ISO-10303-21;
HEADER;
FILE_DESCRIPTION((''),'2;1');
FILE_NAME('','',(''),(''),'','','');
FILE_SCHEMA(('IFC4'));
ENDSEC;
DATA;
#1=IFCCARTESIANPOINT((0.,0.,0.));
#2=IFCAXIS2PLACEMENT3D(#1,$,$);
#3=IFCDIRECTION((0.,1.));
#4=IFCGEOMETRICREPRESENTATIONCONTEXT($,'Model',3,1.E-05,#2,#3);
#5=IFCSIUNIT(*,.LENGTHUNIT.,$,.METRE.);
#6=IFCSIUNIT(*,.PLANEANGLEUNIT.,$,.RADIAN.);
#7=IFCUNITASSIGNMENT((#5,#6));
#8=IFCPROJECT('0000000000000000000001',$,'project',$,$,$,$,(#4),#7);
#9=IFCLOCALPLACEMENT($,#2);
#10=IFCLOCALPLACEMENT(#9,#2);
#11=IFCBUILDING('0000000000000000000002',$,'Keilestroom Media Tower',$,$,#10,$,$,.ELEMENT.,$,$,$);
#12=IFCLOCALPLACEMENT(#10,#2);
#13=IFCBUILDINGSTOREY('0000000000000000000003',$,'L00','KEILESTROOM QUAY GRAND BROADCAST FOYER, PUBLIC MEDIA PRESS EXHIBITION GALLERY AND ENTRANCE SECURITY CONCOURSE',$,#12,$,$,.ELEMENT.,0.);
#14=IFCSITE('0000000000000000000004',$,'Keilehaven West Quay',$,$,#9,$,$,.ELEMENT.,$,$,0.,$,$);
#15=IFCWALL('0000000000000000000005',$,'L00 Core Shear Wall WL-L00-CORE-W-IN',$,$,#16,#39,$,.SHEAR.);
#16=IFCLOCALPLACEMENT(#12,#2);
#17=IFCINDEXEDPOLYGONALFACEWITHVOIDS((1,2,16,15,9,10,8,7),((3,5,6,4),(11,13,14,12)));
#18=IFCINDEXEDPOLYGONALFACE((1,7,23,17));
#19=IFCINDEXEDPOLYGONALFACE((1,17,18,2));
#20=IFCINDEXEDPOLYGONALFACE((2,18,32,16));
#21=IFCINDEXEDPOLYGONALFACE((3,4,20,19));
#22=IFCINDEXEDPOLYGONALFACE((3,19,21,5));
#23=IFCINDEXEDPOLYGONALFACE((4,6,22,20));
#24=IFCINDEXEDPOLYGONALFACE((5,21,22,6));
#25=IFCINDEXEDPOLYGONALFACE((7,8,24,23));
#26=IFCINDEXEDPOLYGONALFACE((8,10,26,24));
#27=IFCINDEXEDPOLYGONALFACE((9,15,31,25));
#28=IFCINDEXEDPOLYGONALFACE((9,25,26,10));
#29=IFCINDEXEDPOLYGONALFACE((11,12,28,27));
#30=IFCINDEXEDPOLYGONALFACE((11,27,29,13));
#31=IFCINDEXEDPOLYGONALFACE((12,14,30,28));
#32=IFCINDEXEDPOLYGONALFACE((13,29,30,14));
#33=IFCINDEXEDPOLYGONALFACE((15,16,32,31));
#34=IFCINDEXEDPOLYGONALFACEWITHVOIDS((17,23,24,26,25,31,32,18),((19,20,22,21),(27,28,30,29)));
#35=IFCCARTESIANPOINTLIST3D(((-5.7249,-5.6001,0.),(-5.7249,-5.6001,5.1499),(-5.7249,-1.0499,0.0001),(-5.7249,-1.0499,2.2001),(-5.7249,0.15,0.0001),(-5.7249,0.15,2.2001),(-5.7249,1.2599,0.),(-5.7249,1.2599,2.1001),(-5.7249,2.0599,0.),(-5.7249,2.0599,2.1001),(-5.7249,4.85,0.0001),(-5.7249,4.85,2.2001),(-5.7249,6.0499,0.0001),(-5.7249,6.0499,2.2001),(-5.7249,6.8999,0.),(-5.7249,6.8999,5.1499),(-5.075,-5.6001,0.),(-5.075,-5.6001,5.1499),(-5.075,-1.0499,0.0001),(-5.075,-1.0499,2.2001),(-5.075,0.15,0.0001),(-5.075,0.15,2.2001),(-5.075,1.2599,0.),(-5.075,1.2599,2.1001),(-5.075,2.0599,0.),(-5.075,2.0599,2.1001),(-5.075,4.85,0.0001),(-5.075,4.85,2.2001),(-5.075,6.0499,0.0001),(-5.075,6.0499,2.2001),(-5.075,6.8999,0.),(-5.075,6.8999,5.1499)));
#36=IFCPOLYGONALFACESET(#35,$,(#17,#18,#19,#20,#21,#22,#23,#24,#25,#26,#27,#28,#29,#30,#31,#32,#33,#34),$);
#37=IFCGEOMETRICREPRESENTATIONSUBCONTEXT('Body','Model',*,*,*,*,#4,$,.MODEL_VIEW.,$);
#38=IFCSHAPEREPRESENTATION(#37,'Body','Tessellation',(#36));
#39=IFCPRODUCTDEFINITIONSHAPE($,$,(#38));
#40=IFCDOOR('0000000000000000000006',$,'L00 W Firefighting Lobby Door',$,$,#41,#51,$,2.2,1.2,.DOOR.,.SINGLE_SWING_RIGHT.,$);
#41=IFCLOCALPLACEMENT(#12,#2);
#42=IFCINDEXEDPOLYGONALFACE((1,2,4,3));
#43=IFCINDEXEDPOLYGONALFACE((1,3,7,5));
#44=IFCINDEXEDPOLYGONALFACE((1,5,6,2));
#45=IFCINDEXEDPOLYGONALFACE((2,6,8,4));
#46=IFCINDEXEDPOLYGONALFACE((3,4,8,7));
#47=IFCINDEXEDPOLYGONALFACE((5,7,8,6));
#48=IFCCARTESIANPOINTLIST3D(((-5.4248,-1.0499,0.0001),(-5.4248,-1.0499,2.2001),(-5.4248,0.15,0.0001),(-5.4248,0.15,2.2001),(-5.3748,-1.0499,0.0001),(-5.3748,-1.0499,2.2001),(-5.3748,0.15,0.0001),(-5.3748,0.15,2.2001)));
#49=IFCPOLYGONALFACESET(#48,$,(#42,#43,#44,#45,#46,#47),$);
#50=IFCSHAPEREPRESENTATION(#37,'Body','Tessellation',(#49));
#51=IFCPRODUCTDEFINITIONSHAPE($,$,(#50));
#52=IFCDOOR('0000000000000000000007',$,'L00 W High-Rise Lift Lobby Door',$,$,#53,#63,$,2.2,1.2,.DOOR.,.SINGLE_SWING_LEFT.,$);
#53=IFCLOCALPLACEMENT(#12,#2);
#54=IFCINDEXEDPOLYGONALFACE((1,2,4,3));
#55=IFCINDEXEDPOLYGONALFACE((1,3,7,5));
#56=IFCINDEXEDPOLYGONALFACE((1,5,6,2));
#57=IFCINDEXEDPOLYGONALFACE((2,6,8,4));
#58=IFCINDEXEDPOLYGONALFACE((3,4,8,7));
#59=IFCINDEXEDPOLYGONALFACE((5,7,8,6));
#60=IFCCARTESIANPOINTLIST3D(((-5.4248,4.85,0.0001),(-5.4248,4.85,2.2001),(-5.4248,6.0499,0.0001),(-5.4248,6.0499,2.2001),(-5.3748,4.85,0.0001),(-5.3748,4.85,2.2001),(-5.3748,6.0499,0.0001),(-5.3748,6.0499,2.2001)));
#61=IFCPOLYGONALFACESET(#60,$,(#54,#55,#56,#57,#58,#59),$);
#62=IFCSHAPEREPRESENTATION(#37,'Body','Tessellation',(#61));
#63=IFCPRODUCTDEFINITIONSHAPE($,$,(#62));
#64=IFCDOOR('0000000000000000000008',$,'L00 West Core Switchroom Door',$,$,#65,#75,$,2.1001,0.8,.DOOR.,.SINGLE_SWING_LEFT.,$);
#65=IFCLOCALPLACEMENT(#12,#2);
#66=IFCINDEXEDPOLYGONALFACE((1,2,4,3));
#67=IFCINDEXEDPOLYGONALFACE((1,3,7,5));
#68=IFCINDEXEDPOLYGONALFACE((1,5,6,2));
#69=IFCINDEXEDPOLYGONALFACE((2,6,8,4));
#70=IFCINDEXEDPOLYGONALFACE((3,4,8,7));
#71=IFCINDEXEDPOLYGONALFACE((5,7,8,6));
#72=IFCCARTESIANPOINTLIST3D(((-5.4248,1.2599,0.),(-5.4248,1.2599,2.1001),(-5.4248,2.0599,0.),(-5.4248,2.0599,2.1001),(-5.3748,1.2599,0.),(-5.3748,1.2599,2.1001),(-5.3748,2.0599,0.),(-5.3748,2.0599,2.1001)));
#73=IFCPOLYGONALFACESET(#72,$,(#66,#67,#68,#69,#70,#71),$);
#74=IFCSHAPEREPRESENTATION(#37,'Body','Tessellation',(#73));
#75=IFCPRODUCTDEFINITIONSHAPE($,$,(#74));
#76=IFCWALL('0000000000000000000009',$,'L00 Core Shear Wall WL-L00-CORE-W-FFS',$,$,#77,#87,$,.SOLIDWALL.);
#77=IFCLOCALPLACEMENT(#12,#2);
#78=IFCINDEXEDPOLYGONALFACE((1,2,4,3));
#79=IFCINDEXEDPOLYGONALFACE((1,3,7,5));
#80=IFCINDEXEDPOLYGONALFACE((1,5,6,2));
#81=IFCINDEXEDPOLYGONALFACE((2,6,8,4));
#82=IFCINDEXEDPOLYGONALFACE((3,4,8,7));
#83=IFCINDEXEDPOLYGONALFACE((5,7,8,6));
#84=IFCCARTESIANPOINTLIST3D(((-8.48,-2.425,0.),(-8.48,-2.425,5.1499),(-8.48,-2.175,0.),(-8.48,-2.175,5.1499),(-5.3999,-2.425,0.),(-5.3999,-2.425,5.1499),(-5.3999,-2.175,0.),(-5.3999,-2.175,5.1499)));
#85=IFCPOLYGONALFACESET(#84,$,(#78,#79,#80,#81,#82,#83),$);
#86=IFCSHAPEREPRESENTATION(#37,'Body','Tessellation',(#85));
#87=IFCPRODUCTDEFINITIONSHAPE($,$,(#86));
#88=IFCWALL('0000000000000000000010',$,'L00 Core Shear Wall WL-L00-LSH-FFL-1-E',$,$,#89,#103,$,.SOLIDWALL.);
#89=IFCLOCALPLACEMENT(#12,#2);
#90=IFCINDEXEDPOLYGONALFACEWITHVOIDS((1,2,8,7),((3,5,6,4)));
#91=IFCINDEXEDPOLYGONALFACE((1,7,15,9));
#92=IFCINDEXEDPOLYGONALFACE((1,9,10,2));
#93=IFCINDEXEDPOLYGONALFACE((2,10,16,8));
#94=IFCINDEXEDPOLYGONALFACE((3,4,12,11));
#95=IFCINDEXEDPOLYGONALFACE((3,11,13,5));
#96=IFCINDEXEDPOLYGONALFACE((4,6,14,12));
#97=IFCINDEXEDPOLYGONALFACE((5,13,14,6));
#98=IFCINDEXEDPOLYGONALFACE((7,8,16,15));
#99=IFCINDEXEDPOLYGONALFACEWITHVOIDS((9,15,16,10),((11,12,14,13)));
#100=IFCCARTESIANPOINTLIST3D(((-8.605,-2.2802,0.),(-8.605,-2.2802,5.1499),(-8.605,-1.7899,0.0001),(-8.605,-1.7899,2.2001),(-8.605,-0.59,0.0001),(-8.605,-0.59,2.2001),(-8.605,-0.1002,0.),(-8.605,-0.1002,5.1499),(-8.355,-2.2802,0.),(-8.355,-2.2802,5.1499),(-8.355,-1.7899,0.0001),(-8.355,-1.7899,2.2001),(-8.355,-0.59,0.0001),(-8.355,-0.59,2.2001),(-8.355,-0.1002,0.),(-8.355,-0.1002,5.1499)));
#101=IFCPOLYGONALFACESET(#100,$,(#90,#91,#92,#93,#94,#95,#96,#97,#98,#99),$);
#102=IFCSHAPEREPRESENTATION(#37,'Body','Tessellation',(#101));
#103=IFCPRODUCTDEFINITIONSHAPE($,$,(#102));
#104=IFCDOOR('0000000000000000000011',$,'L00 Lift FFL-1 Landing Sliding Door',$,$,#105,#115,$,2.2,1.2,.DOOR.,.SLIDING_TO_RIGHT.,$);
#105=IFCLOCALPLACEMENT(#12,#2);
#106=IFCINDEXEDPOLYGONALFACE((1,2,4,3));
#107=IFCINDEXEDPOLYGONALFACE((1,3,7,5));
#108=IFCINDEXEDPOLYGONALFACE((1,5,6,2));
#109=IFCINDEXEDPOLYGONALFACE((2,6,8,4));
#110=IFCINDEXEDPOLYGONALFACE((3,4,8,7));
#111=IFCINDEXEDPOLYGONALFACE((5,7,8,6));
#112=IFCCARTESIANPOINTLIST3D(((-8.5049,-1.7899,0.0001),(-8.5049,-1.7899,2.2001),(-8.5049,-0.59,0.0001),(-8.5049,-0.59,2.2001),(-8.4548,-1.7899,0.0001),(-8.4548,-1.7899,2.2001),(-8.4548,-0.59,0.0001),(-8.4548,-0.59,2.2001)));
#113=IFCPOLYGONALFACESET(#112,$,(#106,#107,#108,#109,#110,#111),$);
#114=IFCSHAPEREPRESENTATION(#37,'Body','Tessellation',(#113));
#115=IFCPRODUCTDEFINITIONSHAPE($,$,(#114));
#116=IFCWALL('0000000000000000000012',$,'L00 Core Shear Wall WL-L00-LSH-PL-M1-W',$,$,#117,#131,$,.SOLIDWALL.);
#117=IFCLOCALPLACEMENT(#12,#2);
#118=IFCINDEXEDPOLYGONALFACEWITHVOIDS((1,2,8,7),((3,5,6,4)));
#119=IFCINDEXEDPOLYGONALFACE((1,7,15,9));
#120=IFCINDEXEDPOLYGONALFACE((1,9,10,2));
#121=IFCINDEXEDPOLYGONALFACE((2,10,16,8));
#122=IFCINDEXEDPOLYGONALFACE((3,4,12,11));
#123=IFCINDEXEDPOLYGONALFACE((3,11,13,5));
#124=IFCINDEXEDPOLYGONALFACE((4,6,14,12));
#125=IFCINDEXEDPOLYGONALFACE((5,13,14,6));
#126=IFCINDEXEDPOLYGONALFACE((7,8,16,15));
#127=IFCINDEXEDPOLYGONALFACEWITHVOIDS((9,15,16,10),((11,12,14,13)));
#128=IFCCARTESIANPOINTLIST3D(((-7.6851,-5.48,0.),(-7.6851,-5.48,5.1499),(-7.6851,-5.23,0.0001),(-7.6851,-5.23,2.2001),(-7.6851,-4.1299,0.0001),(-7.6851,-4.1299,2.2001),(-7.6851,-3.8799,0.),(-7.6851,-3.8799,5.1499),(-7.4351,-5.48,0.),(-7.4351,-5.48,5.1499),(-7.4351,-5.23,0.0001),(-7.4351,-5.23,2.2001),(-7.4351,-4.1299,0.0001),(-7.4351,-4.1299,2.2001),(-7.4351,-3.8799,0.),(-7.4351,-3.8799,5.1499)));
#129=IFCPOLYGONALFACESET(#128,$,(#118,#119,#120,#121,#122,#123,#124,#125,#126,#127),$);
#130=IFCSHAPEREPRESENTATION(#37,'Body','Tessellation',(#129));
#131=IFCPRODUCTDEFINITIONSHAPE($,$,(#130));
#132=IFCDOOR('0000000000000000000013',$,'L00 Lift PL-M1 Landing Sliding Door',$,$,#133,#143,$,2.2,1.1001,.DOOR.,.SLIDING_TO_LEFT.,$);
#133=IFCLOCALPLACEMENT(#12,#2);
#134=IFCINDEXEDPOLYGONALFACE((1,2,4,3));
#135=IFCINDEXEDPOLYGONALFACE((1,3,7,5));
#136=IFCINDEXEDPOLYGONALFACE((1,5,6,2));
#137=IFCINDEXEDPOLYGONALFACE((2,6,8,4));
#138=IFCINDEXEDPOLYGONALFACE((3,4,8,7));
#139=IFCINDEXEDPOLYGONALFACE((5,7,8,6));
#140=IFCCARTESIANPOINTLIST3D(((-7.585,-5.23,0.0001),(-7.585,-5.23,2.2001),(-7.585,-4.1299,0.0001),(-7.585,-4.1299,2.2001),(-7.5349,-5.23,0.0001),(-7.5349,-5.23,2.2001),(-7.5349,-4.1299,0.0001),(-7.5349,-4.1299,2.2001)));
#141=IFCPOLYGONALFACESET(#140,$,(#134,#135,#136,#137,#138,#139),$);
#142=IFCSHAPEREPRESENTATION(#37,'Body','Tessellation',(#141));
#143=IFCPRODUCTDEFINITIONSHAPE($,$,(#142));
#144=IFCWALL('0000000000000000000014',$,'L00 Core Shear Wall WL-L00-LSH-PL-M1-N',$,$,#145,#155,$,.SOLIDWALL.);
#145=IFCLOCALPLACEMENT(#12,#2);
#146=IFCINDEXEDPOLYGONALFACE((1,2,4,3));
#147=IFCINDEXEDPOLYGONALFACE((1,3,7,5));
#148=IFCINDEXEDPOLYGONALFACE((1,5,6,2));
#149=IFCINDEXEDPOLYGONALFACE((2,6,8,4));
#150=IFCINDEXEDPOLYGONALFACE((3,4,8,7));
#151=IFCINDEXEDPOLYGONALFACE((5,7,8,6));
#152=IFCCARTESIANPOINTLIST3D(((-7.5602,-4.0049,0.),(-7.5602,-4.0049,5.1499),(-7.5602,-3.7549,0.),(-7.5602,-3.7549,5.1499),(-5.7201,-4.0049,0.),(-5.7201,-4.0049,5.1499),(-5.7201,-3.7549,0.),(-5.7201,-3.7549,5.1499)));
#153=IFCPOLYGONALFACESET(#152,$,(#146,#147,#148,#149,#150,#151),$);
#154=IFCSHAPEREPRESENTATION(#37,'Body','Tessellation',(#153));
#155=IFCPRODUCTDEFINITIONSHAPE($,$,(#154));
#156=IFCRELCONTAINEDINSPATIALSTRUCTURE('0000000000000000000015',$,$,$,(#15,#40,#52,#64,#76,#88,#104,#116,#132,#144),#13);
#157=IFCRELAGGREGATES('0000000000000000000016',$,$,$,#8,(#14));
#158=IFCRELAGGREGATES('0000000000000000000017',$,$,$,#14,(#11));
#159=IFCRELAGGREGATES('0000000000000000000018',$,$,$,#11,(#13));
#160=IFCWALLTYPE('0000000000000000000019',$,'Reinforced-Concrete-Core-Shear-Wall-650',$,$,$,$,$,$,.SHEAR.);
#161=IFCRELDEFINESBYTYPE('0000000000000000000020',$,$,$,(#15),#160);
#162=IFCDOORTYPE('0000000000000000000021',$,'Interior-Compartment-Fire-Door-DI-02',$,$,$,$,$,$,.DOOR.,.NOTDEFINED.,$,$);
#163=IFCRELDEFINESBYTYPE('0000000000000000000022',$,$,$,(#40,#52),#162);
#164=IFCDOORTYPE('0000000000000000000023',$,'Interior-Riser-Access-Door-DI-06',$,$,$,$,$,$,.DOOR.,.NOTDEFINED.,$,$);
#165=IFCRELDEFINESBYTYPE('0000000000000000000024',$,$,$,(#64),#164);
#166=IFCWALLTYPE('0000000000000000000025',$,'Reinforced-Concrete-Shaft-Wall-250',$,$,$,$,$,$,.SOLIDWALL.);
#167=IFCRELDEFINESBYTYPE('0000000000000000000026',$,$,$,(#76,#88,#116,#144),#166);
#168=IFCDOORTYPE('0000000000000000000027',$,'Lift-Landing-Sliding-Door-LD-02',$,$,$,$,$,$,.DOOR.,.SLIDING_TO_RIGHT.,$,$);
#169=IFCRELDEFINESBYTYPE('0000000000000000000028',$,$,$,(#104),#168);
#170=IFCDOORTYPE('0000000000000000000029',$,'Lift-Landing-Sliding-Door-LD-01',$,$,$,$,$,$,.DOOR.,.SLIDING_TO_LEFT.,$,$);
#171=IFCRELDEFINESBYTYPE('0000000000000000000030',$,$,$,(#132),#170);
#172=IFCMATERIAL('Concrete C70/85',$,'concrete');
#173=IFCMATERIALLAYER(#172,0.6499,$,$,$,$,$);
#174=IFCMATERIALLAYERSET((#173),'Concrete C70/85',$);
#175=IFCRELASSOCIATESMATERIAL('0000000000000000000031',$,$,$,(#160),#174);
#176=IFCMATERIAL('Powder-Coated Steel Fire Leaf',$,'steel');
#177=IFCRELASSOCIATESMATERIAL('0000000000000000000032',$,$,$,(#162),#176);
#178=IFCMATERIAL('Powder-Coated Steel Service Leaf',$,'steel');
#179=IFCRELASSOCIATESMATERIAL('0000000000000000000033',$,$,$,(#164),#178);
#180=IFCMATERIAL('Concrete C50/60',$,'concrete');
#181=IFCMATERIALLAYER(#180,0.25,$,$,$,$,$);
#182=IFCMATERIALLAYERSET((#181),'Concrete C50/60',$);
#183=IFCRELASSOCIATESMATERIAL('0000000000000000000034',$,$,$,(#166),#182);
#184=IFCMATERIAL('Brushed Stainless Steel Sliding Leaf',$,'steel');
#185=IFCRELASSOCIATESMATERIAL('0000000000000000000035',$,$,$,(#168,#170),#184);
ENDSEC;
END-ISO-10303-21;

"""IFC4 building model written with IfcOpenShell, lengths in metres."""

from ifc_helpers import new_model, si_unit, direction, frame, frame_2d, origin, place, context, subcontext, project, spatial, rectangle, extrude, source, transform, mapped, material, layer, layer_set, type_object, element, fill, save


model = new_model("IFC4")

# Units and contexts
model_context = context("Model", 3, precision=1e-05, world=origin(), true_north=direction((0.0, 1.0)))
body_context = subcontext(model_context, "Body", "Model", "MODEL_VIEW")
ifc_project = project(units=[si_unit("LENGTHUNIT", "METRE"), si_unit("PLANEANGLEUNIT", "RADIAN")], contexts=[model_context])

# Site, building, storey
site_placement = place(None, origin())
site = spatial("IfcSite", under=ifc_project, at=site_placement, Name="Keilehaven West Quay", CompositionType="ELEMENT", RefElevation=0.0)
building_placement = place(site_placement, origin())
building = spatial("IfcBuilding", under=site, at=building_placement, Name="Keilestroom Media Tower", CompositionType="ELEMENT")
storey_placement = place(building_placement, origin())
storey = spatial("IfcBuildingStorey", under=building, at=storey_placement, Name="L00", Description="KEILESTROOM QUAY GRAND BROADCAST FOYER, PUBLIC MEDIA PRESS EXHIBITION GALLERY AND ENTRANCE SECURITY CONCOURSE", CompositionType="ELEMENT", Elevation=0.0)

# Shared definitions
ifc_material_1 = material(Name="Concrete C70/85", Category="concrete")

# Wall, openings, doors
ifc_layer_1 = layer(ifc_material_1, 0.6499)
ifc_layer_set_1 = layer_set([ifc_layer_1], Name="Concrete C70/85")
wall_type_1 = type_object("IfcWallType", Name="Reinforced-Concrete-Core-Shear-Wall-650", PredefinedType="SHEAR", material=ifc_layer_set_1)
wall_1_placement = place(storey_placement, frame((-5.3999, -5.6001, 0.0), z_axis=(0.0, 0.0, 1.0), x_axis=(0.0, 1.0, 0.0)))
wall_1 = element("IfcWall", 1, at=wall_1_placement, inside=storey, type_object=wall_type_1, Name="L00 Core Shear Wall WL-L00-CORE-W-IN", PredefinedType="SHEAR", context=body_context, shape_type="SweptSolid", body=[
    extrude(rectangle(XDim=12.5, YDim=0.6499, at=frame_2d((6.25, 0.0))), origin(), (0.0, 0.0, 1.0), 5.1499),
])
opening_1_placement = place(wall_1_placement, frame((4.55, 0.0, 0.0)))
opening_1 = element("IfcOpeningElement", 2, at=opening_1_placement, cuts=wall_1, PredefinedType="OPENING", context=body_context, shape_type="SweptSolid", body=[
    extrude(rectangle(XDim=1.2, YDim=2.2, at=frame_2d((0.6001, 1.1001))), frame((0.0, 0.335, 0.0), z_axis=(0.0, -1.0, 0.0), x_axis=(1.0, 0.0, 0.0)), (0.0, 0.0, 1.0), 0.6699),
])
opening_2_placement = place(wall_1_placement, frame((10.45, 0.0, 0.0)))
opening_2 = element("IfcOpeningElement", 3, at=opening_2_placement, cuts=wall_1, PredefinedType="OPENING", context=body_context, shape_type="SweptSolid", body=[
    extrude(rectangle(XDim=1.2, YDim=2.2, at=frame_2d((0.6001, 1.1001))), frame((0.0, 0.335, 0.0), z_axis=(0.0, -1.0, 0.0), x_axis=(1.0, 0.0, 0.0)), (0.0, 0.0, 1.0), 0.6699),
])
opening_3_placement = place(wall_1_placement, frame((6.8601, 0.0, 0.0)))
opening_3 = element("IfcOpeningElement", 4, at=opening_3_placement, cuts=wall_1, PredefinedType="OPENING", context=body_context, shape_type="SweptSolid", body=[
    extrude(rectangle(XDim=0.8, YDim=2.1001, at=frame_2d((0.3999, 1.05))), frame((0.0, 0.335, 0.0), z_axis=(0.0, -1.0, 0.0), x_axis=(1.0, 0.0, 0.0)), (0.0, 0.0, 1.0), 0.6699),
])
ifc_material_2 = material(Name="Powder-Coated Steel Fire Leaf", Category="steel")
door_type_1 = type_object("IfcDoorType", Name="Interior-Compartment-Fire-Door-DI-02", OperationType="NOTDEFINED", PredefinedType="DOOR", material=ifc_material_2)
shared_shape_1 = source(origin(), body_context, "Body", "SweptSolid", [
    extrude(rectangle(XDim=1.2, YDim=2.2, at=frame_2d((0.6001, 1.1001))), frame((0.0, 0.0249, 0.0), z_axis=(0.0, -1.0, 0.0), x_axis=(1.0, 0.0, 0.0)), (0.0, 0.0, 1.0), 0.05),
])
door_1_placement = place(opening_1_placement, origin())
door_1 = element("IfcDoor", 5, at=door_1_placement, inside=storey, type_object=door_type_1, Name="L00 W Firefighting Lobby Door", OperationType="SINGLE_SWING_RIGHT", OverallHeight=2.2, OverallWidth=1.2, PredefinedType="DOOR", context=body_context, shape_type="MappedRepresentation", body=[
    mapped(shared_shape_1, transform((0.0, 0.0, 0.0), x_axis=(1.0, 0.0, 0.0), y_axis=(0.0, 1.0, 0.0), z_axis=(0.0, 0.0, 1.0), scale=1.0)),
])
fill(opening_1, door_1)
door_2_placement = place(opening_2_placement, origin())
door_2 = element("IfcDoor", 6, at=door_2_placement, inside=storey, type_object=door_type_1, Name="L00 W High-Rise Lift Lobby Door", OperationType="SINGLE_SWING_LEFT", OverallHeight=2.2, OverallWidth=1.2, PredefinedType="DOOR", context=body_context, shape_type="MappedRepresentation", body=[
    mapped(shared_shape_1, transform((0.0, 0.0, 0.0), x_axis=(1.0, 0.0, 0.0), y_axis=(0.0, 1.0, 0.0), z_axis=(0.0, 0.0, 1.0), scale=1.0)),
])
fill(opening_2, door_2)
ifc_material_3 = material(Name="Powder-Coated Steel Service Leaf", Category="steel")
door_type_2 = type_object("IfcDoorType", Name="Interior-Riser-Access-Door-DI-06", OperationType="NOTDEFINED", PredefinedType="DOOR", material=ifc_material_3)
shared_shape_2 = source(origin(), body_context, "Body", "SweptSolid", [
    extrude(rectangle(XDim=0.8, YDim=2.1001, at=frame_2d((0.3999, 1.05))), frame((0.0, 0.0249, 0.0), z_axis=(0.0, -1.0, 0.0), x_axis=(1.0, 0.0, 0.0)), (0.0, 0.0, 1.0), 0.05),
])
door_3_placement = place(opening_3_placement, origin())
door_3 = element("IfcDoor", 7, at=door_3_placement, inside=storey, type_object=door_type_2, Name="L00 West Core Switchroom Door", OperationType="SINGLE_SWING_LEFT", OverallHeight=2.1001, OverallWidth=0.8, PredefinedType="DOOR", context=body_context, shape_type="MappedRepresentation", body=[
    mapped(shared_shape_2, transform((0.0, 0.0, 0.0), x_axis=(1.0, 0.0, 0.0), y_axis=(0.0, 1.0, 0.0), z_axis=(0.0, 0.0, 1.0), scale=1.0)),
])
fill(opening_3, door_3)

# Wall
ifc_material_4 = material(Name="Concrete C50/60", Category="concrete")
ifc_layer_2 = layer(ifc_material_4, 0.25)
ifc_layer_set_2 = layer_set([ifc_layer_2], Name="Concrete C50/60")
wall_type_2 = type_object("IfcWallType", Name="Reinforced-Concrete-Shaft-Wall-250", PredefinedType="SOLIDWALL", material=ifc_layer_set_2)
wall_2_placement = place(storey_placement, frame((-8.48, -2.3, 0.0), z_axis=(0.0, 0.0, 1.0), x_axis=(1.0, 0.0, 0.0)))
element("IfcWall", 8, at=wall_2_placement, inside=storey, type_object=wall_type_2, Name="L00 Core Shear Wall WL-L00-CORE-W-FFS", PredefinedType="SOLIDWALL", context=body_context, shape_type="SweptSolid", body=[
    extrude(rectangle(XDim=3.0801, YDim=0.25, at=frame_2d((1.54, 0.0))), origin(), (0.0, 0.0, 1.0), 5.1499),
])

# Walls, openings, doors
wall_3_placement = place(storey_placement, frame((-8.48, -2.28, 0.0), z_axis=(0.0, 0.0, 1.0), x_axis=(0.0, 1.0, 0.0)))
wall_3 = element("IfcWall", 9, at=wall_3_placement, inside=storey, type_object=wall_type_2, Name="L00 Core Shear Wall WL-L00-LSH-FFL-1-E", PredefinedType="SOLIDWALL", context=body_context, shape_type="SweptSolid", body=[
    extrude(rectangle(XDim=2.1799, YDim=0.25, at=frame_2d((1.0898, 0.0))), origin(), (0.0, 0.0, 1.0), 5.1499),
])
opening_4_placement = place(wall_3_placement, frame((0.49, 0.0, 0.0)))
opening_4 = element("IfcOpeningElement", 10, at=opening_4_placement, cuts=wall_3, PredefinedType="OPENING", context=body_context, shape_type="SweptSolid", body=[
    extrude(rectangle(XDim=1.2, YDim=2.2, at=frame_2d((0.6001, 1.1001))), frame((0.0, 0.135, 0.0), z_axis=(0.0, -1.0, 0.0), x_axis=(1.0, 0.0, 0.0)), (0.0, 0.0, 1.0), 0.27),
])
ifc_material_5 = material(Name="Brushed Stainless Steel Sliding Leaf", Category="steel")
door_type_3 = type_object("IfcDoorType", Name="Lift-Landing-Sliding-Door-LD-02", OperationType="SLIDING_TO_RIGHT", PredefinedType="DOOR", material=ifc_material_5)
door_4_placement = place(opening_4_placement, origin())
door_4 = element("IfcDoor", 11, at=door_4_placement, inside=storey, type_object=door_type_3, Name="L00 Lift FFL-1 Landing Sliding Door", OperationType="SLIDING_TO_RIGHT", OverallHeight=2.2, OverallWidth=1.2, PredefinedType="DOOR", context=body_context, shape_type="MappedRepresentation", body=[
    mapped(shared_shape_1, transform((0.0, 0.0, 0.0), x_axis=(1.0, 0.0, 0.0), y_axis=(0.0, 1.0, 0.0), z_axis=(0.0, 0.0, 1.0), scale=1.0)),
])
fill(opening_4, door_4)
wall_4_placement = place(storey_placement, frame((-7.5601, -5.48, 0.0), z_axis=(0.0, 0.0, 1.0), x_axis=(0.0, 1.0, 0.0)))
wall_4 = element("IfcWall", 12, at=wall_4_placement, inside=storey, type_object=wall_type_2, Name="L00 Core Shear Wall WL-L00-LSH-PL-M1-W", PredefinedType="SOLIDWALL", context=body_context, shape_type="SweptSolid", body=[
    extrude(rectangle(XDim=1.6001, YDim=0.25, at=frame_2d((0.8, 0.0))), origin(), (0.0, 0.0, 1.0), 5.1499),
])
opening_5_placement = place(wall_4_placement, frame((0.25, 0.0, 0.0)))
opening_5 = element("IfcOpeningElement", 13, at=opening_5_placement, cuts=wall_4, PredefinedType="OPENING", context=body_context, shape_type="SweptSolid", body=[
    extrude(rectangle(XDim=1.1001, YDim=2.2, at=frame_2d((0.55, 1.1001))), frame((0.0, 0.135, 0.0), z_axis=(0.0, -1.0, 0.0), x_axis=(1.0, 0.0, 0.0)), (0.0, 0.0, 1.0), 0.27),
])
door_type_4 = type_object("IfcDoorType", Name="Lift-Landing-Sliding-Door-LD-01", OperationType="SLIDING_TO_LEFT", PredefinedType="DOOR", material=ifc_material_5)
shared_shape_3 = source(origin(), body_context, "Body", "SweptSolid", [
    extrude(rectangle(XDim=1.1001, YDim=2.2, at=frame_2d((0.55, 1.1001))), frame((0.0, 0.0249, 0.0), z_axis=(0.0, -1.0, 0.0), x_axis=(1.0, 0.0, 0.0)), (0.0, 0.0, 1.0), 0.05),
])
door_5_placement = place(opening_5_placement, origin())
door_5 = element("IfcDoor", 14, at=door_5_placement, inside=storey, type_object=door_type_4, Name="L00 Lift PL-M1 Landing Sliding Door", OperationType="SLIDING_TO_LEFT", OverallHeight=2.2, OverallWidth=1.1001, PredefinedType="DOOR", context=body_context, shape_type="MappedRepresentation", body=[
    mapped(shared_shape_3, transform((0.0, 0.0, 0.0), x_axis=(1.0, 0.0, 0.0), y_axis=(0.0, 1.0, 0.0), z_axis=(0.0, 0.0, 1.0), scale=1.0)),
])
fill(opening_5, door_5)

# Wall
wall_5_placement = place(storey_placement, frame((-7.5601, -3.8799, 0.0), z_axis=(0.0, 0.0, 1.0), x_axis=(1.0, 0.0, 0.0)))
element("IfcWall", 15, at=wall_5_placement, inside=storey, type_object=wall_type_2, Name="L00 Core Shear Wall WL-L00-LSH-PL-M1-N", PredefinedType="SOLIDWALL", context=body_context, shape_type="SweptSolid", body=[
    extrude(rectangle(XDim=1.8401, YDim=0.25, at=frame_2d((0.9199, 0.0))), origin(), (0.0, 0.0, 1.0), 5.1499),
])

save(model, "model.ifc")
